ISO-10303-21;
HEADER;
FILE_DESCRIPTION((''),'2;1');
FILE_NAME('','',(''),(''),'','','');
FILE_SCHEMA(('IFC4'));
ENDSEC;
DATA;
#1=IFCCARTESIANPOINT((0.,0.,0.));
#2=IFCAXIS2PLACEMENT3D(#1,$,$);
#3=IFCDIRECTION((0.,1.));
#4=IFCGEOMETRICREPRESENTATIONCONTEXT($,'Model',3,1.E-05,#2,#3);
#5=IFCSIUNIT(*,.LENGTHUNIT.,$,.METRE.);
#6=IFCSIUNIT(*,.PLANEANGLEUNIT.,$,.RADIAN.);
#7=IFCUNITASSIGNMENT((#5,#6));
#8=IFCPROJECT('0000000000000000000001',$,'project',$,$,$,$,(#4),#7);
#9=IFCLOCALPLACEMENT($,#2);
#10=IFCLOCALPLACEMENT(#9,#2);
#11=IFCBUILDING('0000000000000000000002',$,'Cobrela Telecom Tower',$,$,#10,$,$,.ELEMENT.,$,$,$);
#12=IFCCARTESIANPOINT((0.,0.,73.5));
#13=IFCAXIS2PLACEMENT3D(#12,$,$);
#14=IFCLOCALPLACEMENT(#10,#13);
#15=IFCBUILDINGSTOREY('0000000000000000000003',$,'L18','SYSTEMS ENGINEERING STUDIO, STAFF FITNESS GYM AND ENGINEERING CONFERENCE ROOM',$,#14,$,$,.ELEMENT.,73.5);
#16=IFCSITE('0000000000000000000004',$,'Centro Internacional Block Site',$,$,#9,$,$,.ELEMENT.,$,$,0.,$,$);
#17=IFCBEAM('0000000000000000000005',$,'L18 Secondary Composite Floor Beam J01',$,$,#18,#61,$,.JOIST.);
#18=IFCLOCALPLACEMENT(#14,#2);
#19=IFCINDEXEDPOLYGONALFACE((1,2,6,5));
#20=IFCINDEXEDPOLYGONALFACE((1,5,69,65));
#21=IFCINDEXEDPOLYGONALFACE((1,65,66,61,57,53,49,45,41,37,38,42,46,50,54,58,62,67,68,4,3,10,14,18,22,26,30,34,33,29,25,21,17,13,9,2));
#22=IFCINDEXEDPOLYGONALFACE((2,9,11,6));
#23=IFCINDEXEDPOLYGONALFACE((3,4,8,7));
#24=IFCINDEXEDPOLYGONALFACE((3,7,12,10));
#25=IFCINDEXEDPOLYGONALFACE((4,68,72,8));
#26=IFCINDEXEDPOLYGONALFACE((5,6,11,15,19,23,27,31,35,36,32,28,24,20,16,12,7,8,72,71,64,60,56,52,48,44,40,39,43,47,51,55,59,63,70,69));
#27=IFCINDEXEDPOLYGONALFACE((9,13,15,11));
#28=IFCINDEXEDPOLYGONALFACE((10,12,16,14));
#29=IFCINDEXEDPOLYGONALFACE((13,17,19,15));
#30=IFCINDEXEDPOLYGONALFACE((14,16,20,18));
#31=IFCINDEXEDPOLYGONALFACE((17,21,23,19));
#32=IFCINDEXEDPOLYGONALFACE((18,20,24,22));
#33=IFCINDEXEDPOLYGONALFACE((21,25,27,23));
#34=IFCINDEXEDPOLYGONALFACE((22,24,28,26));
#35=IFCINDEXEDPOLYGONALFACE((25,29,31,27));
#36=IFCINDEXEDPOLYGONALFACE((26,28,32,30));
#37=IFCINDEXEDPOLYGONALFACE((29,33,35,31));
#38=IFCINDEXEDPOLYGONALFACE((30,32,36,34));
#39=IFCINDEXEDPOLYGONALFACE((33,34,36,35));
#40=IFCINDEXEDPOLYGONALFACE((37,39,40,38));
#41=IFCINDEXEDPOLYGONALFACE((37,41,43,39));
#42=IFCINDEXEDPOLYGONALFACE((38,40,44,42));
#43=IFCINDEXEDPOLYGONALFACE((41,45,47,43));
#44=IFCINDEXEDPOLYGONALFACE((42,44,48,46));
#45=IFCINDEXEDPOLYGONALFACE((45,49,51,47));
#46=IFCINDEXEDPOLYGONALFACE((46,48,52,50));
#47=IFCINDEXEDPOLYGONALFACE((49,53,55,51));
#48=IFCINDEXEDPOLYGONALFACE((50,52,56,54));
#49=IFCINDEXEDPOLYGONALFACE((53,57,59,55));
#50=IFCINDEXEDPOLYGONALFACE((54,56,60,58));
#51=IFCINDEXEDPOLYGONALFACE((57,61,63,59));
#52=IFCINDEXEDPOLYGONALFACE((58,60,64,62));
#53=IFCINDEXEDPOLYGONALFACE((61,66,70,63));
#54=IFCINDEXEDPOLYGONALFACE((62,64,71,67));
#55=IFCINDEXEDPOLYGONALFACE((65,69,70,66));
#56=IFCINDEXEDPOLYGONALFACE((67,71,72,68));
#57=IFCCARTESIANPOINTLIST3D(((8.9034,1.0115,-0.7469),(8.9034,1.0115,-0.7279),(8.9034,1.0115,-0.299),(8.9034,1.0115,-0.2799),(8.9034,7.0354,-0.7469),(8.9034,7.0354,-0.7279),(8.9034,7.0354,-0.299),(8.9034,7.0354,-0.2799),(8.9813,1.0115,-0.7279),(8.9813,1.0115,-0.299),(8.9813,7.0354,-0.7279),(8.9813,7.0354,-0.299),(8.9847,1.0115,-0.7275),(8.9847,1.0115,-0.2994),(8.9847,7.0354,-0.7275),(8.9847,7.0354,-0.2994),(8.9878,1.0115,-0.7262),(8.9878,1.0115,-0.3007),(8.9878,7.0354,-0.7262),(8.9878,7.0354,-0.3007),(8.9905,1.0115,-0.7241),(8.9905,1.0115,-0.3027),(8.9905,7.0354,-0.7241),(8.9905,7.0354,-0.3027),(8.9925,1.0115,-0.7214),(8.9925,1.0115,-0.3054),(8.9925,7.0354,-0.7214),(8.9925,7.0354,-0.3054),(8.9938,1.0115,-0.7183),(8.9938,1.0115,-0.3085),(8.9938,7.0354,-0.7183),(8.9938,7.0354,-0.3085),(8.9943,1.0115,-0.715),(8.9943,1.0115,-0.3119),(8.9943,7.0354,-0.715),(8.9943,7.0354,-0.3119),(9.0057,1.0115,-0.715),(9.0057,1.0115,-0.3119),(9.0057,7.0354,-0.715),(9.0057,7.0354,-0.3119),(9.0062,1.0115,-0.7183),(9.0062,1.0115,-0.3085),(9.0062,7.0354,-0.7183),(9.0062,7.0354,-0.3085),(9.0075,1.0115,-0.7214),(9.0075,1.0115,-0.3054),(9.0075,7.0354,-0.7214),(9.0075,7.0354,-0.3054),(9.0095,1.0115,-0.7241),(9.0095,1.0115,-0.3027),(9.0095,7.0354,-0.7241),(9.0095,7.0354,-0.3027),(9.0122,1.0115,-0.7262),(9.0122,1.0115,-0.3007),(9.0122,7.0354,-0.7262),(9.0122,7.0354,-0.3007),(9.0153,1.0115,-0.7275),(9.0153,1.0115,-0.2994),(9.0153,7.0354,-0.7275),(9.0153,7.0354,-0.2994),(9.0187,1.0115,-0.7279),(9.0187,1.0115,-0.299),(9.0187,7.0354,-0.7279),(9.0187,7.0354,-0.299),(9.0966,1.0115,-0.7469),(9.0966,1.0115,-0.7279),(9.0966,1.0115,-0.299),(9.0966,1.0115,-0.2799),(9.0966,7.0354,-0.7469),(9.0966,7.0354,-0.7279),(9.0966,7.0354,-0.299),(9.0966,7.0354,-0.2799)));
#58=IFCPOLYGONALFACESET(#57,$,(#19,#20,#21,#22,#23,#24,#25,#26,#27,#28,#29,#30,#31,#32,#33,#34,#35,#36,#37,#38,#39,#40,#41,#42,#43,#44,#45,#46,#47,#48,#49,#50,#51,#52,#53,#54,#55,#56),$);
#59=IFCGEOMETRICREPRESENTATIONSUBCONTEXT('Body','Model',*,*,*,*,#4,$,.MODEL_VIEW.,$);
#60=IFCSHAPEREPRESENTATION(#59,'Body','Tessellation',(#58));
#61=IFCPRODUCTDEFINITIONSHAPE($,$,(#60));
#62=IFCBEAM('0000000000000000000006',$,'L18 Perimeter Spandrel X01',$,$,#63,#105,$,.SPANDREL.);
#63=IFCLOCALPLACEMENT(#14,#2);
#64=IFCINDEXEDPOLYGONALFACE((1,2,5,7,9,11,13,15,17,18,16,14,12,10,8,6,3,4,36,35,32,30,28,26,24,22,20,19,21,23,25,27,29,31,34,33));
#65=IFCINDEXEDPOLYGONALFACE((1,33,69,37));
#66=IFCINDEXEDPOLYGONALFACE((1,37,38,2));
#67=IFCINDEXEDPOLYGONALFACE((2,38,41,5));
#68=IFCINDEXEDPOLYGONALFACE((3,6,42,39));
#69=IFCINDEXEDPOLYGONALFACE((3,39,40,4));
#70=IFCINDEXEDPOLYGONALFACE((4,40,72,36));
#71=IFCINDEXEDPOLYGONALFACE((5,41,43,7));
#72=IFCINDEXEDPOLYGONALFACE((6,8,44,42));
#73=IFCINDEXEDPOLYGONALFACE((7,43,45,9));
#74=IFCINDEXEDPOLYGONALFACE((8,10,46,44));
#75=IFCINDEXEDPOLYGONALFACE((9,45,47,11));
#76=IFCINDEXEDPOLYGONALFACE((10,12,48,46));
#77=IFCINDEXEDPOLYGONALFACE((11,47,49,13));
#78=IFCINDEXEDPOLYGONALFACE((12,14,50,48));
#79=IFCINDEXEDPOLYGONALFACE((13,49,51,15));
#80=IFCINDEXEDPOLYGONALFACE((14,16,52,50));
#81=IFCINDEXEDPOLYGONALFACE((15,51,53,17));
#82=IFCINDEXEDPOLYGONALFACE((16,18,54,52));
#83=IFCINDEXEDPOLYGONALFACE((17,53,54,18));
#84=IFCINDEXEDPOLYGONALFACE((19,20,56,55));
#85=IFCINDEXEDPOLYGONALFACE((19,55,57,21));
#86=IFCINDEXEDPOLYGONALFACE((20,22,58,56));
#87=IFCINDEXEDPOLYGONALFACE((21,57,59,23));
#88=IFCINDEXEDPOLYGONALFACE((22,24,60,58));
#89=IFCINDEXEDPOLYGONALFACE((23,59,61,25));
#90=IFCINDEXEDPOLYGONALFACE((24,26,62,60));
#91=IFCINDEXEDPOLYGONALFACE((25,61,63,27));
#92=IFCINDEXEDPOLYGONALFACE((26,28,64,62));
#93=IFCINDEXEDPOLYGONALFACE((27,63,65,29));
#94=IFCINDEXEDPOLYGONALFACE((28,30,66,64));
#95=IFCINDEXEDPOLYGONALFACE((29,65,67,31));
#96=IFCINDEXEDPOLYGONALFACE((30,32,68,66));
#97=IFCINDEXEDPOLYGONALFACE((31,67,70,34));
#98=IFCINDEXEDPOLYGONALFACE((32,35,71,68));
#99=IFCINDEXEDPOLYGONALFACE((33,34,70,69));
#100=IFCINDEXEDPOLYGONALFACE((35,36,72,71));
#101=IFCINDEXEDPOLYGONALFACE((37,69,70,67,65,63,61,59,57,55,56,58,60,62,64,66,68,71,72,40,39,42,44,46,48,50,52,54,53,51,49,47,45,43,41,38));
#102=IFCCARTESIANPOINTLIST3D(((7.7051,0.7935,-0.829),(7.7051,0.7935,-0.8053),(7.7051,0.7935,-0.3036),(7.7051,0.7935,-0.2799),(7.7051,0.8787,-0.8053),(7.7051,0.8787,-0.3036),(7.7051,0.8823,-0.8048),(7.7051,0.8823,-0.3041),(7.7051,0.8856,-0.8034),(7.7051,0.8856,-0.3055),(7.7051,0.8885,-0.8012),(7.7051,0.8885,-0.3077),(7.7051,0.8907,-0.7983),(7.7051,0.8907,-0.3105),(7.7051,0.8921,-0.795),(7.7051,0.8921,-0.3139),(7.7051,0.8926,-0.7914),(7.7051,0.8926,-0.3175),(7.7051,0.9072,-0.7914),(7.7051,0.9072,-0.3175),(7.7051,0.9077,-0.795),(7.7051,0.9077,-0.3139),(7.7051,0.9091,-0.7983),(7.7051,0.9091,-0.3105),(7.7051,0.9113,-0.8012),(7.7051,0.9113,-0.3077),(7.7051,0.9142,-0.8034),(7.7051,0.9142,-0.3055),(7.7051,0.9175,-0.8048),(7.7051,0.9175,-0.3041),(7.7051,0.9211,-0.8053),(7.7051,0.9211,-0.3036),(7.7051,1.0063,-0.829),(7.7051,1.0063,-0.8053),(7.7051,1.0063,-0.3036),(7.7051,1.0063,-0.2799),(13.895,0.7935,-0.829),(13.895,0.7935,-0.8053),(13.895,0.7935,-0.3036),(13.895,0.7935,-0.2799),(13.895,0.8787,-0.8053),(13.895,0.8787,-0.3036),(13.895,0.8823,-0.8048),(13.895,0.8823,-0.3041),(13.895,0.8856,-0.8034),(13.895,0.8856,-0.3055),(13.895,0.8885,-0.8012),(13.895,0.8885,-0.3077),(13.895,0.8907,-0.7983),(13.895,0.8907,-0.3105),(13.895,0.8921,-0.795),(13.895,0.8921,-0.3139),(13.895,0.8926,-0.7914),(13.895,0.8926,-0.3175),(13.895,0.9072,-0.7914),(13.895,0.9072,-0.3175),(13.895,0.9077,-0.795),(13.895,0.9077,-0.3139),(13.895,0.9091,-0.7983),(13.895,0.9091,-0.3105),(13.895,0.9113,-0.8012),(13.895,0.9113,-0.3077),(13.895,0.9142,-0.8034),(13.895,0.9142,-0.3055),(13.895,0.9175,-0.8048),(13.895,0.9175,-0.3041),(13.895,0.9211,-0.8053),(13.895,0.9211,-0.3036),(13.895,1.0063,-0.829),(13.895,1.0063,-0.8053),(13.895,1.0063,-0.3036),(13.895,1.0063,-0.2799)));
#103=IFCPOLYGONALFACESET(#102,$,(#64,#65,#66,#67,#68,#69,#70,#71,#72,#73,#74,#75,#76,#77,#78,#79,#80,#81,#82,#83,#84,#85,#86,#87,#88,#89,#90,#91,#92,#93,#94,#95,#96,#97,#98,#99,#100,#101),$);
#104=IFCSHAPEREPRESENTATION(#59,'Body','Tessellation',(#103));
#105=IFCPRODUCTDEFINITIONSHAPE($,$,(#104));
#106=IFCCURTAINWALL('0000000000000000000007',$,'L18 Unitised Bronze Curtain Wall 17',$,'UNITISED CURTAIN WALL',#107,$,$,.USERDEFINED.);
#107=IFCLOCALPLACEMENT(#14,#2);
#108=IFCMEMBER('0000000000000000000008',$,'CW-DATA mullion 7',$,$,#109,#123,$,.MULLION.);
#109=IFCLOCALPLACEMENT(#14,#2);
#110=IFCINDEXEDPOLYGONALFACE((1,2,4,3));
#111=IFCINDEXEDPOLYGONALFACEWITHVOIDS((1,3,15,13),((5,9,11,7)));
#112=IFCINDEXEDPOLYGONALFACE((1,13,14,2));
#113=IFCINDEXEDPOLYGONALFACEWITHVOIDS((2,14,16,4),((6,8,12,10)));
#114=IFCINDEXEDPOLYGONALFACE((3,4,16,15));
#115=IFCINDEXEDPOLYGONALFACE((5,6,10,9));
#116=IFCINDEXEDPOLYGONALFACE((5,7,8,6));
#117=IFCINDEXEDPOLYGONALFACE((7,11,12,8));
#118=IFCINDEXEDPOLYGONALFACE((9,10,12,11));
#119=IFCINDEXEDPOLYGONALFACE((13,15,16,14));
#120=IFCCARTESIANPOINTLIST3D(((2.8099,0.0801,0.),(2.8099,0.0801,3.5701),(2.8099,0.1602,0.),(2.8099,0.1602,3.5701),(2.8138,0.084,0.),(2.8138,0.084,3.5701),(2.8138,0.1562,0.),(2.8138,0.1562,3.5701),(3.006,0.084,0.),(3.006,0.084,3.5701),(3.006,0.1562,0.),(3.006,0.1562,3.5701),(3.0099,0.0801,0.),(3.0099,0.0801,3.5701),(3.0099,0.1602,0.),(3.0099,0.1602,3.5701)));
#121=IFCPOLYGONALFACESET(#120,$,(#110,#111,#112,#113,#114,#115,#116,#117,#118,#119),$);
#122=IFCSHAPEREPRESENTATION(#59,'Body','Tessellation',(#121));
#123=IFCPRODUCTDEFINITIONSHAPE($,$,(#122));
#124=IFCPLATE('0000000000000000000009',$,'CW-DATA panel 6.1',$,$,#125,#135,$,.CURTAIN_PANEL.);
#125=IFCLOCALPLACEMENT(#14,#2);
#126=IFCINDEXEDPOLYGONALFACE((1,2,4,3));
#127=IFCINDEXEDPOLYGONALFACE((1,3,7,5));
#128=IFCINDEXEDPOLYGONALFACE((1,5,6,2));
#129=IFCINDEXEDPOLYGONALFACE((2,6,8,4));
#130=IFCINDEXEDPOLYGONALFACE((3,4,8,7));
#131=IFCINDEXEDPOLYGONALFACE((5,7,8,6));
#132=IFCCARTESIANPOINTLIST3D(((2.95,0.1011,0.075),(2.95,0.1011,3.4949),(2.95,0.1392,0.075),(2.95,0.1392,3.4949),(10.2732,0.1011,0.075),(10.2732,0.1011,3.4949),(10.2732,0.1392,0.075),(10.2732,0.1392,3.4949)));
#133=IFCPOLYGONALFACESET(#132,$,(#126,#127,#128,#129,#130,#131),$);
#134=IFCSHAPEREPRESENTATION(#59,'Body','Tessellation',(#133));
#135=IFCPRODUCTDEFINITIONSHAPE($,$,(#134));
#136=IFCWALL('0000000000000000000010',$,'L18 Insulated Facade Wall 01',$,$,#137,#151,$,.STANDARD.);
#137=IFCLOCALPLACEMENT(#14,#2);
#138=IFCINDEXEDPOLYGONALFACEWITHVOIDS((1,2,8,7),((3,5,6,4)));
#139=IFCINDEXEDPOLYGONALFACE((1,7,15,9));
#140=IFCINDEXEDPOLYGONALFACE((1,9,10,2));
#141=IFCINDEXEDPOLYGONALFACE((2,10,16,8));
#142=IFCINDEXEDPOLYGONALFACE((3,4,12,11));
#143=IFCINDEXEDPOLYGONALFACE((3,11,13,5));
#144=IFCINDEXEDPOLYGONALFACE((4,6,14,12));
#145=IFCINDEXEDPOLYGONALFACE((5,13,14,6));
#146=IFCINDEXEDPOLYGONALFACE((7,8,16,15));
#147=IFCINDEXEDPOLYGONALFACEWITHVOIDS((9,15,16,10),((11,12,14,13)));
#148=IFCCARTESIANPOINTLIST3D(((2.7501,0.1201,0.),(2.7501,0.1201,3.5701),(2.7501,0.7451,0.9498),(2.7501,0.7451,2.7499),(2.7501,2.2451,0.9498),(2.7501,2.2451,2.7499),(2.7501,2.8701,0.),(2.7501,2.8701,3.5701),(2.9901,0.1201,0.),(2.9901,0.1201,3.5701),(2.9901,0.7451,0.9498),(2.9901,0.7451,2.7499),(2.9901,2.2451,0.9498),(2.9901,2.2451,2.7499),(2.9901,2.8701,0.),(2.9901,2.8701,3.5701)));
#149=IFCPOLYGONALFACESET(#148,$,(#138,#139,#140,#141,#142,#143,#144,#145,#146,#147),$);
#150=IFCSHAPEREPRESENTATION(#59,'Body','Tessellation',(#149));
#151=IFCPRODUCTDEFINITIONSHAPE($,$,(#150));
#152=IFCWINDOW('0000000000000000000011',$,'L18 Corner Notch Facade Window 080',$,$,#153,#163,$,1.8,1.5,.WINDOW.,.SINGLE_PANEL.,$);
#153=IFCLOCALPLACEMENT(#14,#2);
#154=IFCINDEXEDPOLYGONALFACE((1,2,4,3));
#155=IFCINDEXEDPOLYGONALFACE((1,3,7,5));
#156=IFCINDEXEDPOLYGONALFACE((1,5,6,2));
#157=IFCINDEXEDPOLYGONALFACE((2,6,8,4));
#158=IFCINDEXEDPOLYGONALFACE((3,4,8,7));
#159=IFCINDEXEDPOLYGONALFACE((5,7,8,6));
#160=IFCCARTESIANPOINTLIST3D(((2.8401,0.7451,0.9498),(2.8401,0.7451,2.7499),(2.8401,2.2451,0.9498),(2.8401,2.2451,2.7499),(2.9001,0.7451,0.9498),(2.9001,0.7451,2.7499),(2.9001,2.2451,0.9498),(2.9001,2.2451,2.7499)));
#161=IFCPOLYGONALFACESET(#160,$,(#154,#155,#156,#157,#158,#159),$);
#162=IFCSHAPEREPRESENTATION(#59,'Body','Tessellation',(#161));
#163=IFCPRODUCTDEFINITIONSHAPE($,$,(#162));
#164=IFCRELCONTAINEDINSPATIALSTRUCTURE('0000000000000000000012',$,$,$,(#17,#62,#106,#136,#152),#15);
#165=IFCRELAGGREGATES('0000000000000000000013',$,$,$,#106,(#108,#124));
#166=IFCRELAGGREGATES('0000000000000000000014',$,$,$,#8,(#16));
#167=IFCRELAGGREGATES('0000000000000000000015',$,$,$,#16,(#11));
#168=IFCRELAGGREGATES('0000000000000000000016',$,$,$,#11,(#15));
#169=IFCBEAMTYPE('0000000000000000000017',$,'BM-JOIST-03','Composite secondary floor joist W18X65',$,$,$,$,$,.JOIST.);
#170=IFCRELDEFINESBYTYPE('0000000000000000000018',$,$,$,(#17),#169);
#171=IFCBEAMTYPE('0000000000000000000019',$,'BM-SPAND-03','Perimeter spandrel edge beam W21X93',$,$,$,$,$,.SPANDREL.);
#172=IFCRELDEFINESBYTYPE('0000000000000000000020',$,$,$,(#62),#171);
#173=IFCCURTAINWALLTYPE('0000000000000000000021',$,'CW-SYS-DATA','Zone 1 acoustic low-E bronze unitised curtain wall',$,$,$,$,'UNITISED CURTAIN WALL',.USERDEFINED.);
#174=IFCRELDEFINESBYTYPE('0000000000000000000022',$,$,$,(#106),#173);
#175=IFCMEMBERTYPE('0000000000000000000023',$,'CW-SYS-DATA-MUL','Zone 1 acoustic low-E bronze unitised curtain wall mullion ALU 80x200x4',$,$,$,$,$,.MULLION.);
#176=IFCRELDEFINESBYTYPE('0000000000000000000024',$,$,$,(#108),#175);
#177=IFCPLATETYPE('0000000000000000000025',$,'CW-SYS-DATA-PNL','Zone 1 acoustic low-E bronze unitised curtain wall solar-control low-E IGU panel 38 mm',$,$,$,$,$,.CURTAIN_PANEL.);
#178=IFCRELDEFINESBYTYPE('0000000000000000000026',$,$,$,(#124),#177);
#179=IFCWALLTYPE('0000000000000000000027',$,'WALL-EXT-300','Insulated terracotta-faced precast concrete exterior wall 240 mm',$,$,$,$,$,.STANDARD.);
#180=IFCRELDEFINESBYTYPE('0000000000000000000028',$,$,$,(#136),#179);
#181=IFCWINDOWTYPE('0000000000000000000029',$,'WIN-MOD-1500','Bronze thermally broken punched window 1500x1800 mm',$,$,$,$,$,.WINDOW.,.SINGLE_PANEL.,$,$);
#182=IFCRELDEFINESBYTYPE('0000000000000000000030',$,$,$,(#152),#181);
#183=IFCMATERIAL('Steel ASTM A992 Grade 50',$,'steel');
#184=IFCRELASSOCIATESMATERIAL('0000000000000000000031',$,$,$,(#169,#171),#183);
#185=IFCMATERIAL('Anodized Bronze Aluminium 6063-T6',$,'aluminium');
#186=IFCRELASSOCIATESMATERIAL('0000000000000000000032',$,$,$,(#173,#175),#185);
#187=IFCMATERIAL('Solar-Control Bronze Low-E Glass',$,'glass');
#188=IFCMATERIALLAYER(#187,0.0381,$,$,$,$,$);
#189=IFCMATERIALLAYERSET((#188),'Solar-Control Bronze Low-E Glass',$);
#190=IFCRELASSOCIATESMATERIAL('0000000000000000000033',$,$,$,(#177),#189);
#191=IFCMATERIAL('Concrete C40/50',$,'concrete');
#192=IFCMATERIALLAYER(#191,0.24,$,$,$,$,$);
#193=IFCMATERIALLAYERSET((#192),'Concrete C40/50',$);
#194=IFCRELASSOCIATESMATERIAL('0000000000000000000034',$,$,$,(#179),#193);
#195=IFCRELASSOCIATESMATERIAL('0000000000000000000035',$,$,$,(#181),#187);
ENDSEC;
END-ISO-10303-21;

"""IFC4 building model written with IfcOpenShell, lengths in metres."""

from ifc_helpers import new_model, si_unit, direction, frame, frame_2d, origin, origin_2d, place, context, subcontext, project, spatial, rectangle, hollow_rectangle, i_section, extrude, material, layer, layer_set, material_profile, profile_set, type_object, element, fill, aggregate, save


model = new_model("IFC4")

# Units and contexts
model_context = context("Model", 3, precision=1e-05, world=origin(), true_north=direction((0.0, 1.0)))
body_context = subcontext(model_context, "Body", "Model", "MODEL_VIEW")
ifc_project = project(units=[si_unit("LENGTHUNIT", "METRE"), si_unit("PLANEANGLEUNIT", "RADIAN")], contexts=[model_context])

# Site, building, storey
site_placement = place(None, origin())
site = spatial("IfcSite", under=ifc_project, at=site_placement, Name="Centro Internacional Block Site", CompositionType="ELEMENT", RefElevation=0.0)
building_placement = place(site_placement, origin())
building = spatial("IfcBuilding", under=site, at=building_placement, Name="Cobrela Telecom Tower", CompositionType="ELEMENT")
storey_placement = place(building_placement, frame((0.0, 0.0, 73.5)))
storey = spatial("IfcBuildingStorey", under=building, at=storey_placement, Name="L18", Description="SYSTEMS ENGINEERING STUDIO, STAFF FITNESS GYM AND ENGINEERING CONFERENCE ROOM", CompositionType="ELEMENT", Elevation=73.5)

# Beams
ifc_material_1 = material(Name="Steel ASTM A992 Grade 50", Category="steel")
ifc_material_profile_1 = material_profile(ifc_material_1, i_section(OverallWidth=0.1931, OverallDepth=0.467, WebThickness=0.0115, FlangeThickness=0.019, FilletRadius=0.0129, at=origin_2d()), Name="W18X65")
ifc_profile_set_1 = profile_set([ifc_material_profile_1], Name="Steel ASTM A992 Grade 50")
beam_type_1 = type_object("IfcBeamType", Name="BM-JOIST-03", Description="Composite secondary floor joist W18X65", PredefinedType="JOIST", material=ifc_profile_set_1)
beam_1_placement = place(storey_placement, frame((9.0, 1.0115, -0.5134), z_axis=(0.0, 1.0, 0.0), x_axis=(-1.0, 0.0, 0.0)))
element("IfcBeam", 1, at=beam_1_placement, inside=storey, type_object=beam_type_1, Name="L18 Secondary Composite Floor Beam J01", PredefinedType="JOIST", context=body_context, shape_type="SweptSolid", body=[
    extrude(i_section(OverallWidth=0.1931, OverallDepth=0.467, WebThickness=0.0115, FlangeThickness=0.019, FilletRadius=0.0129, at=origin_2d()), origin(), (0.0, 0.0, 1.0), 6.0239),
])
ifc_material_profile_2 = material_profile(ifc_material_1, i_section(OverallWidth=0.2129, OverallDepth=0.5491, WebThickness=0.0146, FlangeThickness=0.0237, FilletRadius=0.0139, at=origin_2d()), Name="W21X93")
ifc_profile_set_2 = profile_set([ifc_material_profile_2], Name="Steel ASTM A992 Grade 50")
beam_type_2 = type_object("IfcBeamType", Name="BM-SPAND-03", Description="Perimeter spandrel edge beam W21X93", PredefinedType="SPANDREL", material=ifc_profile_set_2)
beam_2_placement = place(storey_placement, frame((7.7051, 0.8999, -0.5544), z_axis=(1.0, 0.0, 0.0), x_axis=(0.0, 1.0, 0.0)))
element("IfcBeam", 2, at=beam_2_placement, inside=storey, type_object=beam_type_2, Name="L18 Perimeter Spandrel X01", PredefinedType="SPANDREL", context=body_context, shape_type="SweptSolid", body=[
    extrude(i_section(OverallWidth=0.2129, OverallDepth=0.5491, WebThickness=0.0146, FlangeThickness=0.0237, FilletRadius=0.0139, at=origin_2d()), origin(), (0.0, 0.0, 1.0), 6.1899),
])

# Curtain wall, member, plate
ifc_material_2 = material(Name="Anodized Bronze Aluminium 6063-T6", Category="aluminium")
curtain_wall_type = type_object("IfcCurtainWallType", Name="CW-SYS-DATA", Description="Zone 1 acoustic low-E bronze unitised curtain wall", ElementType="UNITISED CURTAIN WALL", PredefinedType="USERDEFINED", material=ifc_material_2)
curtain_wall_placement = place(storey_placement, origin())
curtain_wall = element("IfcCurtainWall", 3, at=curtain_wall_placement, inside=storey, type_object=curtain_wall_type, Name="L18 Unitised Bronze Curtain Wall 17", ObjectType="UNITISED CURTAIN WALL", PredefinedType="USERDEFINED")
ifc_material_profile_3 = material_profile(ifc_material_2, hollow_rectangle(XDim=0.0801, YDim=0.2, WallThickness=0.0039, at=origin_2d()), Name="ALU 80x200x4")
ifc_profile_set_3 = profile_set([ifc_material_profile_3], Name="Anodized Bronze Aluminium 6063-T6")
member_type = type_object("IfcMemberType", Name="CW-SYS-DATA-MUL", Description="Zone 1 acoustic low-E bronze unitised curtain wall mullion ALU 80x200x4", PredefinedType="MULLION", material=ifc_profile_set_3)
member_placement = place(storey_placement, frame((2.9099, 0.1201, 0.0), z_axis=(0.0, 0.0, 1.0), x_axis=(0.0, -1.0, 0.0)))
member = element("IfcMember", 4, at=member_placement, type_object=member_type, Name="CW-DATA mullion 7", PredefinedType="MULLION", context=body_context, shape_type="SweptSolid", body=[
    extrude(hollow_rectangle(XDim=0.0801, YDim=0.2, WallThickness=0.0039, at=origin_2d()), origin(), (0.0, 0.0, 1.0), 3.5701),
])
ifc_material_3 = material(Name="Solar-Control Bronze Low-E Glass", Category="glass")
ifc_layer_1 = layer(ifc_material_3, 0.0381)
ifc_layer_set_1 = layer_set([ifc_layer_1], Name="Solar-Control Bronze Low-E Glass")
plate_type = type_object("IfcPlateType", Name="CW-SYS-DATA-PNL", Description="Zone 1 acoustic low-E bronze unitised curtain wall solar-control low-E IGU panel 38 mm", PredefinedType="CURTAIN_PANEL", material=ifc_layer_set_1)
plate_placement = place(storey_placement, frame((6.6116, 0.1201, 0.075), z_axis=(0.0, 0.0, 1.0), x_axis=(-1.0, 0.0, 0.0)))
plate = element("IfcPlate", 5, at=plate_placement, type_object=plate_type, Name="CW-DATA panel 6.1", PredefinedType="CURTAIN_PANEL", context=body_context, shape_type="SweptSolid", body=[
    extrude(rectangle(XDim=7.3232, YDim=0.0381, at=origin_2d()), origin(), (0.0, 0.0, 1.0), 3.4199),
])
aggregate(curtain_wall, [member, plate])

# Wall, opening, window
ifc_material_4 = material(Name="Concrete C40/50", Category="concrete")
ifc_layer_2 = layer(ifc_material_4, 0.24)
ifc_layer_set_2 = layer_set([ifc_layer_2], Name="Concrete C40/50")
wall_type = type_object("IfcWallType", Name="WALL-EXT-300", Description="Insulated terracotta-faced precast concrete exterior wall 240 mm", PredefinedType="STANDARD", material=ifc_layer_set_2)
wall_1_placement = place(storey_placement, frame((2.8701, 0.1201, 0.0), z_axis=(0.0, 0.0, 1.0), x_axis=(0.0, 1.0, 0.0)))
wall_1 = element("IfcWall", 6, at=wall_1_placement, inside=storey, type_object=wall_type, Name="L18 Insulated Facade Wall 01", PredefinedType="STANDARD", context=body_context, shape_type="SweptSolid", body=[
    extrude(rectangle(XDim=2.75, YDim=0.24, at=frame_2d((1.375, 0.0))), origin(), (0.0, 0.0, 1.0), 3.5701),
])
opening_1_placement = place(wall_1_placement, frame((0.625, 0.0, 0.95)))
opening_1 = element("IfcOpeningElement", 7, at=opening_1_placement, cuts=wall_1, PredefinedType="OPENING", context=body_context, shape_type="SweptSolid", body=[
    extrude(rectangle(XDim=1.5, YDim=1.8, at=frame_2d((0.75, 0.8999))), frame((0.0, 0.1318, 0.0), z_axis=(0.0, -1.0, 0.0), x_axis=(1.0, 0.0, 0.0)), (0.0, 0.0, 1.0), 0.2639),
])
window_type_1 = type_object("IfcWindowType", Name="WIN-MOD-1500", Description="Bronze thermally broken punched window 1500x1800 mm", PartitioningType="SINGLE_PANEL", PredefinedType="WINDOW", material=ifc_material_3)
window_1_placement = place(opening_1_placement, origin())
window_1 = element("IfcWindow", 8, at=window_1_placement, inside=storey, type_object=window_type_1, Name="L18 Corner Notch Facade Window 080", OverallHeight=1.8, OverallWidth=1.5, PartitioningType="SINGLE_PANEL", PredefinedType="WINDOW", context=body_context, shape_type="SweptSolid", body=[
    extrude(rectangle(XDim=1.5, YDim=1.8, at=frame_2d((0.75, 0.8999))), frame((0.0, 0.03, 0.0), z_axis=(0.0, -1.0, 0.0), x_axis=(1.0, 0.0, 0.0)), (0.0, 0.0, 1.0), 0.0601),
])
fill(opening_1, window_1)

save(model, "model.ifc")
